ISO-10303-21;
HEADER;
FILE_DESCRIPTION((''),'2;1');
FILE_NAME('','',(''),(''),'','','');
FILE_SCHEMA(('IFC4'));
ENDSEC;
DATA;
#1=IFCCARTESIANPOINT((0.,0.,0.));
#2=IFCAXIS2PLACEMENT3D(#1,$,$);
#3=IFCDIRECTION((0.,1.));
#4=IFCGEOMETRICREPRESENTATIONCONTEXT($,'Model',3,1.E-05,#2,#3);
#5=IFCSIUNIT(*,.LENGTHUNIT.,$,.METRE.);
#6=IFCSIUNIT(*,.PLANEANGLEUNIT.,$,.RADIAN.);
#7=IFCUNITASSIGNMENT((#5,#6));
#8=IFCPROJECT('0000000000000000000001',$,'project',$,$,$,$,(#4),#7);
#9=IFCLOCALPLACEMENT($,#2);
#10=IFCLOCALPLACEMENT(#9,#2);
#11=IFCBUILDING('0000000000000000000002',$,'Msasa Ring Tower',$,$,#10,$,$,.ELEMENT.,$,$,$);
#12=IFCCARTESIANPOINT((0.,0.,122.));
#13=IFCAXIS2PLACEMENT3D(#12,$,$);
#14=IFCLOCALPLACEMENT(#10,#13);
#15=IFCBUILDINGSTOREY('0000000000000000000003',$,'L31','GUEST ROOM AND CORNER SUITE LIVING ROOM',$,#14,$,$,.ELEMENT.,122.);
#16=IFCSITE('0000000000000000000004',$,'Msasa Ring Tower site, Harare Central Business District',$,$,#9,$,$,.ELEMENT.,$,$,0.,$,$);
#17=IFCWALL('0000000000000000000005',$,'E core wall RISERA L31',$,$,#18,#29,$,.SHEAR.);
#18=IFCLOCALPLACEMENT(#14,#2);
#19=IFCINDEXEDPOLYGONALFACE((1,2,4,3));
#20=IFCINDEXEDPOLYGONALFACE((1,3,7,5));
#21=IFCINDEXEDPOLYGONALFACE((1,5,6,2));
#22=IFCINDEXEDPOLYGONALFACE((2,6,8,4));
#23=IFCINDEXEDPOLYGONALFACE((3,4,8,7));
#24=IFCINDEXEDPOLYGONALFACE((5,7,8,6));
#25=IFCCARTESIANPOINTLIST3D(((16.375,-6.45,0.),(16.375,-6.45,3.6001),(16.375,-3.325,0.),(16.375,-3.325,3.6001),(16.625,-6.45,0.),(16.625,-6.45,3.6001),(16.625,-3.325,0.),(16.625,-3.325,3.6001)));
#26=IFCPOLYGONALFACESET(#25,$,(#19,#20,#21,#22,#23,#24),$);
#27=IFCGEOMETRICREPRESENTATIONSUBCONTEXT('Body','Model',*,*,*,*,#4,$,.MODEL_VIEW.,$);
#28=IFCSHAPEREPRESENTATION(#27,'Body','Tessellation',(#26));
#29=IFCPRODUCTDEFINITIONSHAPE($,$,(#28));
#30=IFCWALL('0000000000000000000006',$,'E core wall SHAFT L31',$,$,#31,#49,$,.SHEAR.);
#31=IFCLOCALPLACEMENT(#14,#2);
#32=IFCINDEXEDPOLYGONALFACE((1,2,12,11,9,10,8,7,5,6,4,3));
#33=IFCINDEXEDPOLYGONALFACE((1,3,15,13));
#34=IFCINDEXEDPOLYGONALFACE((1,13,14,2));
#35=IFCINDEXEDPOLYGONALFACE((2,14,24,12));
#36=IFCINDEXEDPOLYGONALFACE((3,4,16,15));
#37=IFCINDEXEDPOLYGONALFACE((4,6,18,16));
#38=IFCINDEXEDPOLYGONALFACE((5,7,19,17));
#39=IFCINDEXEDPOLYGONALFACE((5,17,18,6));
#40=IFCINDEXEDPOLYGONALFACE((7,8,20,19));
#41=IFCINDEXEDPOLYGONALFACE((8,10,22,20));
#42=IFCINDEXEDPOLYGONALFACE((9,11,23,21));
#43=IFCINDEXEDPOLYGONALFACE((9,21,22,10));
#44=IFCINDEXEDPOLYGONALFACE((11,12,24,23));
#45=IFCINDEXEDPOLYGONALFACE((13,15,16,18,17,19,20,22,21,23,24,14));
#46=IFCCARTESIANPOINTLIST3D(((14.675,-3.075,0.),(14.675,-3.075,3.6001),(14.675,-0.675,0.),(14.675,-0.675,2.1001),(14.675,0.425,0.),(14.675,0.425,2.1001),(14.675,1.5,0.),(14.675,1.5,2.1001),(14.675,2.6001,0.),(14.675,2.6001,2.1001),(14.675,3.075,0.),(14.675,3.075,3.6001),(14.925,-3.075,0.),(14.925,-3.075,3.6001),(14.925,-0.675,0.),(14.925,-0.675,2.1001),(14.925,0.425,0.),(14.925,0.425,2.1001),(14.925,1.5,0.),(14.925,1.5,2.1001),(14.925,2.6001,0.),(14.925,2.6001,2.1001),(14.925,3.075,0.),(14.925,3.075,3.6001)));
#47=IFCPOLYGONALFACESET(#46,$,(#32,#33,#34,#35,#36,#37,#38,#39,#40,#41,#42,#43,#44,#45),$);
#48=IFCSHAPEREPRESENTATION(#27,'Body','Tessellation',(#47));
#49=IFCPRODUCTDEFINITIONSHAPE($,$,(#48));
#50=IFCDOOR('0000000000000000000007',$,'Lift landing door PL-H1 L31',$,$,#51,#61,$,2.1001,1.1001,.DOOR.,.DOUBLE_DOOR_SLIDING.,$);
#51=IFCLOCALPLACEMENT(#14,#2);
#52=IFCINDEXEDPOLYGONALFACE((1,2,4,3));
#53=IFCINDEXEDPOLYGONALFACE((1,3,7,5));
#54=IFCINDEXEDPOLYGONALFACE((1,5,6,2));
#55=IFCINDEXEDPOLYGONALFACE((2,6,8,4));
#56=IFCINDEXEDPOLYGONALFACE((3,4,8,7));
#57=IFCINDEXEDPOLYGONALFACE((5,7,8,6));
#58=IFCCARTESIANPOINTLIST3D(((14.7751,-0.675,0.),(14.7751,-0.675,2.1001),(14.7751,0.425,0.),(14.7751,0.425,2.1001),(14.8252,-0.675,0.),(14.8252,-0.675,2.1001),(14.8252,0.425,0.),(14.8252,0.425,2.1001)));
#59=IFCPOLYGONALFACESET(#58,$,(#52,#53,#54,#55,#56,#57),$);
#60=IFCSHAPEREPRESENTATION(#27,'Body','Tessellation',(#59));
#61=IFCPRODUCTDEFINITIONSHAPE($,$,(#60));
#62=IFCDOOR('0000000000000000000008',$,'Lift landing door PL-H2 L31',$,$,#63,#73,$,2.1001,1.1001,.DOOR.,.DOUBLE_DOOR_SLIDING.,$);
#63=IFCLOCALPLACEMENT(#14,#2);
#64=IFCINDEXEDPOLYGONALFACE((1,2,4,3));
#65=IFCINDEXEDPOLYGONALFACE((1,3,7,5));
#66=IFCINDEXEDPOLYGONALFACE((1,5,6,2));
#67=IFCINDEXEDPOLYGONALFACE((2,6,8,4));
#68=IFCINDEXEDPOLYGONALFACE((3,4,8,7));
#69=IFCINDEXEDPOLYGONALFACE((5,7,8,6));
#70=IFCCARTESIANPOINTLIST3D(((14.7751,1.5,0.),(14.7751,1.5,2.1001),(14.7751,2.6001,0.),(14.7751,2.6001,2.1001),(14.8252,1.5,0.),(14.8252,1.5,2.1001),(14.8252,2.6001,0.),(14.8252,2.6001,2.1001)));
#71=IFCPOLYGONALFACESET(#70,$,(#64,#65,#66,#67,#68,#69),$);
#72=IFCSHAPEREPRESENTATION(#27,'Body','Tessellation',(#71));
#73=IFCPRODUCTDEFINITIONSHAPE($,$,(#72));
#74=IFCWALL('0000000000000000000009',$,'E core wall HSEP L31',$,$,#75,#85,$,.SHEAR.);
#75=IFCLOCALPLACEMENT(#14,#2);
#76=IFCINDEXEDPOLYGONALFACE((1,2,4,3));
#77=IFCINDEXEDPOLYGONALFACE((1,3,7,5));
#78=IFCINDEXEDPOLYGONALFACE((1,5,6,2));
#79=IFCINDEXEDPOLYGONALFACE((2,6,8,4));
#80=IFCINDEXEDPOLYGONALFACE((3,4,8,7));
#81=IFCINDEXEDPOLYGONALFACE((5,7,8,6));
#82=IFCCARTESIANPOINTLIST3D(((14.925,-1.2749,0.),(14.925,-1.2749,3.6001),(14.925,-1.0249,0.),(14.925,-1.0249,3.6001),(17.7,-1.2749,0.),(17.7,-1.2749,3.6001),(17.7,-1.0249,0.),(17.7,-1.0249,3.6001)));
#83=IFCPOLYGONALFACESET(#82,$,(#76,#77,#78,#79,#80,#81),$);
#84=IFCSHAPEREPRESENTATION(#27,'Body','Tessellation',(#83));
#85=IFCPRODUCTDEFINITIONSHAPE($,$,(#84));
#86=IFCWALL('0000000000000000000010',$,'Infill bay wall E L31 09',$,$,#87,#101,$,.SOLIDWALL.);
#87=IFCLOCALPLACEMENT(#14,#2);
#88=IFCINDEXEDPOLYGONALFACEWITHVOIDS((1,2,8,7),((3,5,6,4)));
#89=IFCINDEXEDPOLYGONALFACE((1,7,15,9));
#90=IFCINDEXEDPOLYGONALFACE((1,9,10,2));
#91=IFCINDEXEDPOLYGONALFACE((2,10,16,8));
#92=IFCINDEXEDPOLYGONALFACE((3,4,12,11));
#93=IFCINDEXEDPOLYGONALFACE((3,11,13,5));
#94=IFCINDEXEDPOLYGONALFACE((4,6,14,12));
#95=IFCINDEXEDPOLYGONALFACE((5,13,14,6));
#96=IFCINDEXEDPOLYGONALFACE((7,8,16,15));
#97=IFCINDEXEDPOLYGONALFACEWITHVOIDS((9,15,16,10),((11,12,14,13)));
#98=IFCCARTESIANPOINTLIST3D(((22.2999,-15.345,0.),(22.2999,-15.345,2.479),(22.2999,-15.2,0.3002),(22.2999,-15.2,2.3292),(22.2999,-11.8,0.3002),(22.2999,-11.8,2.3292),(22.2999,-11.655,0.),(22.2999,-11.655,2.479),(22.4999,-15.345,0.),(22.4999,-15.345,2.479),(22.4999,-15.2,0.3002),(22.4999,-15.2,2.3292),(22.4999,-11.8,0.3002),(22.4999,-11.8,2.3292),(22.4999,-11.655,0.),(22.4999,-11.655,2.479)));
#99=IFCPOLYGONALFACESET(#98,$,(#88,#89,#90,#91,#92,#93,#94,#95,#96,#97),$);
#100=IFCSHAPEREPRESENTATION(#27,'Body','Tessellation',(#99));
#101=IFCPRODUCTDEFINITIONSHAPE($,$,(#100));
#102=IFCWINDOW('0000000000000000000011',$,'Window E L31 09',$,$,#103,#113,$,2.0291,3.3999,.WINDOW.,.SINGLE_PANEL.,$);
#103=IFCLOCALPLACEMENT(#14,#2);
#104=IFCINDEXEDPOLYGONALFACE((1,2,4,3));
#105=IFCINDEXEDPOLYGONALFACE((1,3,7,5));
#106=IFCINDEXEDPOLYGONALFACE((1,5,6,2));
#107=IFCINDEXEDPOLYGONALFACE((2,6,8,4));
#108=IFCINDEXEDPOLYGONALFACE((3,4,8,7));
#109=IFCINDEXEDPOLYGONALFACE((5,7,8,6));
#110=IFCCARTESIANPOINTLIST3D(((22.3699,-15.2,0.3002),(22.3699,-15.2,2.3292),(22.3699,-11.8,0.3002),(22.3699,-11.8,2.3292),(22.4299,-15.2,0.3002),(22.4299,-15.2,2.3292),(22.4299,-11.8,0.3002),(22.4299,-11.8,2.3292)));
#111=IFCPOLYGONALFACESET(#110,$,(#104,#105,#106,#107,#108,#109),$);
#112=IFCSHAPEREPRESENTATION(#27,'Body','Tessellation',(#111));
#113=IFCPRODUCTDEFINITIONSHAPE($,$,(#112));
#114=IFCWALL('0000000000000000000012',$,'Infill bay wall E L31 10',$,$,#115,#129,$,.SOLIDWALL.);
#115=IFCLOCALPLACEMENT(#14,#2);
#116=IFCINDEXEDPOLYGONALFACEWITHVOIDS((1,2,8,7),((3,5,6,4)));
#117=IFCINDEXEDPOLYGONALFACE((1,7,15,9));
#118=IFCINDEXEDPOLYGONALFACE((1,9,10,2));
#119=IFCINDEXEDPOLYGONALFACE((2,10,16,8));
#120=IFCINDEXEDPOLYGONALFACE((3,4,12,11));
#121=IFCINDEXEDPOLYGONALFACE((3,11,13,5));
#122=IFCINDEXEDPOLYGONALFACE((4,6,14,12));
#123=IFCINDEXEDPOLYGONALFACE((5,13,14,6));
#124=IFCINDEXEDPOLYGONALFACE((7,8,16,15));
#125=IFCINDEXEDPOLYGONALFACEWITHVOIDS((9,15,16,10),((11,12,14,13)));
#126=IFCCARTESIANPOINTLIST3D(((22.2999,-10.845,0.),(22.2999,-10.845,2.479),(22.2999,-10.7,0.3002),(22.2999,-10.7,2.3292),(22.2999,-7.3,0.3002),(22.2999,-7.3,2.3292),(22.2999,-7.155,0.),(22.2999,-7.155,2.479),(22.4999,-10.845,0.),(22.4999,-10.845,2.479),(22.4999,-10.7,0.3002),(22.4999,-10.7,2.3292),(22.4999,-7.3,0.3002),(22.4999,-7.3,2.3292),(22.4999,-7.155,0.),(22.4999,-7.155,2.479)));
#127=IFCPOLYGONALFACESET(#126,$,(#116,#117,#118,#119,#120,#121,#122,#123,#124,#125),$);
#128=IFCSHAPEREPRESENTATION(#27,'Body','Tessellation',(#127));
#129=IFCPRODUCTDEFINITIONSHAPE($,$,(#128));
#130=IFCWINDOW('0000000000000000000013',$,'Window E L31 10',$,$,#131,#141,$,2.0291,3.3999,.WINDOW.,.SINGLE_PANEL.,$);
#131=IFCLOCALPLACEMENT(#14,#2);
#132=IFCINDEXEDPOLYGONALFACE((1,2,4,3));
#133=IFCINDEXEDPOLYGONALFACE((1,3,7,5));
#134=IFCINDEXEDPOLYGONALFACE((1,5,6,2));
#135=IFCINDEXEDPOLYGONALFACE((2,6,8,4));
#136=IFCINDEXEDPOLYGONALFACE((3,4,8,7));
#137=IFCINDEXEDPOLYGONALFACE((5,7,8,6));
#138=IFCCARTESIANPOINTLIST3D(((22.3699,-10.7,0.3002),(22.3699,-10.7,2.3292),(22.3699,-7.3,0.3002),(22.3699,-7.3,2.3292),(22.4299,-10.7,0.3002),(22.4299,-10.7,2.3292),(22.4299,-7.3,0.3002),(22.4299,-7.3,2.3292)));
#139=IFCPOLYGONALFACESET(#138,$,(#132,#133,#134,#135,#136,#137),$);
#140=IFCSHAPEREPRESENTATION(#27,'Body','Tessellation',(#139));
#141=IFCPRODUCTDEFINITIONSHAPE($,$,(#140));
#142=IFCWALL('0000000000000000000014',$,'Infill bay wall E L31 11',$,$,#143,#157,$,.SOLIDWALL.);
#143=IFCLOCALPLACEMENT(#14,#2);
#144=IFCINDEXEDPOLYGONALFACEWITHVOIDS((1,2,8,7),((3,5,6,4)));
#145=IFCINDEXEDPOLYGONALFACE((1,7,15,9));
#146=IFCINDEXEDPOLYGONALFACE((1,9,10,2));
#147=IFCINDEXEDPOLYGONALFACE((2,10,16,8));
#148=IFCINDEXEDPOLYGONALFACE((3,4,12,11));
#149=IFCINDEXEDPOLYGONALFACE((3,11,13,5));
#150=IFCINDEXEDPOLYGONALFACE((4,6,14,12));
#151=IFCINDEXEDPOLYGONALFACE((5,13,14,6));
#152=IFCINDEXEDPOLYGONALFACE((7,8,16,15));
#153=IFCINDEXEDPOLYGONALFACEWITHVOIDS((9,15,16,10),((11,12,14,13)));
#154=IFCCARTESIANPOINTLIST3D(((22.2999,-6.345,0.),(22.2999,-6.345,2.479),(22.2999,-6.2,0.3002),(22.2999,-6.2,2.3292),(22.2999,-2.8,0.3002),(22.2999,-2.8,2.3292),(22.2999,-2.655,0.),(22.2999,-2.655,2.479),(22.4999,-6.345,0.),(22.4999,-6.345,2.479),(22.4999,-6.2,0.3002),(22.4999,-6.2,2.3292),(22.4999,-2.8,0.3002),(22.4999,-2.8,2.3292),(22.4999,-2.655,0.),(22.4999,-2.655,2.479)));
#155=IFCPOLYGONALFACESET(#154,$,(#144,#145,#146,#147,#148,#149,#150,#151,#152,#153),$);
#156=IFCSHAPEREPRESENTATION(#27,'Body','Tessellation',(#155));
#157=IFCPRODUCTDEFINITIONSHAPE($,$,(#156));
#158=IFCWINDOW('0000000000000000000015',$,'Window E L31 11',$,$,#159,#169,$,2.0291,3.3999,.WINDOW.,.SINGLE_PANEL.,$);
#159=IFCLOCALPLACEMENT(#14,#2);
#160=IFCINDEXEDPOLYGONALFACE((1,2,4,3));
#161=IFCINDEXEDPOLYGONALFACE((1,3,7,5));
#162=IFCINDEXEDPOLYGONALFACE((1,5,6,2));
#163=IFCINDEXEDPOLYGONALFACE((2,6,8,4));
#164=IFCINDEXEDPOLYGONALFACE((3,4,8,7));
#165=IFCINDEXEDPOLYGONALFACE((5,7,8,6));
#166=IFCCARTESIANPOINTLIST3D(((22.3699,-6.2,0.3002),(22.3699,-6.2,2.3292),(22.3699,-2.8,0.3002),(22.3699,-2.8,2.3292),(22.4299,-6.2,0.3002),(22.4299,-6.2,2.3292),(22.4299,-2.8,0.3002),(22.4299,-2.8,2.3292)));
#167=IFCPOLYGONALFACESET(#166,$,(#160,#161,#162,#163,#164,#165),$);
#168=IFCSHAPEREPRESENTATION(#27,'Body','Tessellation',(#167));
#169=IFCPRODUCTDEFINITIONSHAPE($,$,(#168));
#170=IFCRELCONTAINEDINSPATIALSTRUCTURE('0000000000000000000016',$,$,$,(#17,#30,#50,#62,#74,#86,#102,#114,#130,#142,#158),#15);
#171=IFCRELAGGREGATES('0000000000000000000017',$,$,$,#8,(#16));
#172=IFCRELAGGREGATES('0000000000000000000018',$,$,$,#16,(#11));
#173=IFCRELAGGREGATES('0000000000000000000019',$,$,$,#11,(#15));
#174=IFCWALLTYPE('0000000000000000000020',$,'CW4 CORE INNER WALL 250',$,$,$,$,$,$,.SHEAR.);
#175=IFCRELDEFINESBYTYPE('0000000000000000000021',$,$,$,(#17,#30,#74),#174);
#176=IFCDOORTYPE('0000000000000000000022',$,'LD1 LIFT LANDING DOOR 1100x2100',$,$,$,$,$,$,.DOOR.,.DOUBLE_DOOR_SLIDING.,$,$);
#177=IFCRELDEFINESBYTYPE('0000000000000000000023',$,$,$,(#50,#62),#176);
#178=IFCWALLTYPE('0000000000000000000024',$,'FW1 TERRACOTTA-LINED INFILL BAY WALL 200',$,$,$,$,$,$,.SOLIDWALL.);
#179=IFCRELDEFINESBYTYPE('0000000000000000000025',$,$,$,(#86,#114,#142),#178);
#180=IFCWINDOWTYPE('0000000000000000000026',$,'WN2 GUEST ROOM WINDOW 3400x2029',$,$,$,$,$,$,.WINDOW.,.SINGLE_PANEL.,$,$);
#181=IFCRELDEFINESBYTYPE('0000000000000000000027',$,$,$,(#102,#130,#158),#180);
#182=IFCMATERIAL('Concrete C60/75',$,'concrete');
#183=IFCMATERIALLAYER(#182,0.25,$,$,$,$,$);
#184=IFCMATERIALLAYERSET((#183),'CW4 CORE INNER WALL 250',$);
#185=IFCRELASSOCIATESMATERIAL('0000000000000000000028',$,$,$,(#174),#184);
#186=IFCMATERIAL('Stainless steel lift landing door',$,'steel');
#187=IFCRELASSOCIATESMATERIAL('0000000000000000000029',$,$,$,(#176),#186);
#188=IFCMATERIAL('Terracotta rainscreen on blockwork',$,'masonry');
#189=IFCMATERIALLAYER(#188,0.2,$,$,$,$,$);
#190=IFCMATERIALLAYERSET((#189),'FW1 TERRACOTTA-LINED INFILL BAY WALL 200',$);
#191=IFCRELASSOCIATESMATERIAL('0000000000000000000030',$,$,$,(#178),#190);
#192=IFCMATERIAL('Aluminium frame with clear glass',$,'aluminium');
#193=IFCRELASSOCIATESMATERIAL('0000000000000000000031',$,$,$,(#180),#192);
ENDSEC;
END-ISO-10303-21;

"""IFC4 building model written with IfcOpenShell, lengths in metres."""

from ifc_helpers import new_model, si_unit, direction, frame, frame_2d, origin, place, context, subcontext, project, spatial, rectangle, extrude, material, layer, layer_set, type_object, element, fill, save


model = new_model("IFC4")

# Units and contexts
model_context = context("Model", 3, precision=1e-05, world=origin(), true_north=direction((0.0, 1.0)))
body_context = subcontext(model_context, "Body", "Model", "MODEL_VIEW")
ifc_project = project(units=[si_unit("LENGTHUNIT", "METRE"), si_unit("PLANEANGLEUNIT", "RADIAN")], contexts=[model_context])

# Site, building, storey
site_placement = place(None, origin())
site = spatial("IfcSite", under=ifc_project, at=site_placement, Name="Msasa Ring Tower site, Harare Central Business District", CompositionType="ELEMENT", RefElevation=0.0)
building_placement = place(site_placement, origin())
building = spatial("IfcBuilding", under=site, at=building_placement, Name="Msasa Ring Tower", CompositionType="ELEMENT")
storey_placement = place(building_placement, frame((0.0, 0.0, 122.0)))
storey = spatial("IfcBuildingStorey", under=building, at=storey_placement, Name="L31", Description="GUEST ROOM AND CORNER SUITE LIVING ROOM", CompositionType="ELEMENT", Elevation=122.0)

# Wall
ifc_material_1 = material(Name="Concrete C60/75", Category="concrete")
ifc_layer_1 = layer(ifc_material_1, 0.25)
ifc_layer_set_1 = layer_set([ifc_layer_1], Name="CW4 CORE INNER WALL 250")
wall_type_1 = type_object("IfcWallType", Name="CW4 CORE INNER WALL 250", PredefinedType="SHEAR", material=ifc_layer_set_1)
wall_1_placement = place(storey_placement, frame((16.5, -6.45, 0.0), z_axis=(0.0, 0.0, 1.0), x_axis=(0.0, 1.0, 0.0)))
element("IfcWall", 1, at=wall_1_placement, inside=storey, type_object=wall_type_1, Name="E core wall RISERA L31", PredefinedType="SHEAR", context=body_context, shape_type="SweptSolid", body=[
    extrude(rectangle(XDim=3.125, YDim=0.25, at=frame_2d((1.5625, 0.0))), origin(), (0.0, 0.0, 1.0), 3.6001),
])

# Wall, openings, doors
wall_2_placement = place(storey_placement, frame((14.8, -3.075, 0.0), z_axis=(0.0, 0.0, 1.0), x_axis=(0.0, 1.0, 0.0)))
wall_2 = element("IfcWall", 2, at=wall_2_placement, inside=storey, type_object=wall_type_1, Name="E core wall SHAFT L31", PredefinedType="SHEAR", context=body_context, shape_type="SweptSolid", body=[
    extrude(rectangle(XDim=6.1499, YDim=0.25, at=frame_2d((3.075, 0.0))), origin(), (0.0, 0.0, 1.0), 3.6001),
])
opening_1_placement = place(wall_2_placement, frame((2.3999, 0.0, 0.0)))
opening_1 = element("IfcOpeningElement", 3, at=opening_1_placement, cuts=wall_2, PredefinedType="OPENING", context=body_context, shape_type="SweptSolid", body=[
    extrude(rectangle(XDim=1.1001, YDim=2.1001, at=frame_2d((0.55, 1.05))), frame((0.0, 0.135, 0.0), z_axis=(0.0, -1.0, 0.0), x_axis=(1.0, 0.0, 0.0)), (0.0, 0.0, 1.0), 0.27),
])
opening_2_placement = place(wall_2_placement, frame((4.575, 0.0, 0.0)))
opening_2 = element("IfcOpeningElement", 4, at=opening_2_placement, cuts=wall_2, PredefinedType="OPENING", context=body_context, shape_type="SweptSolid", body=[
    extrude(rectangle(XDim=1.1001, YDim=2.1001, at=frame_2d((0.55, 1.05))), frame((0.0, 0.135, 0.0), z_axis=(0.0, -1.0, 0.0), x_axis=(1.0, 0.0, 0.0)), (0.0, 0.0, 1.0), 0.27),
])
ifc_material_2 = material(Name="Stainless steel lift landing door", Category="steel")
door_type_1 = type_object("IfcDoorType", Name="LD1 LIFT LANDING DOOR 1100x2100", OperationType="DOUBLE_DOOR_SLIDING", PredefinedType="DOOR", material=ifc_material_2)
door_1_placement = place(opening_1_placement, origin())
door_1 = element("IfcDoor", 5, at=door_1_placement, inside=storey, type_object=door_type_1, Name="Lift landing door PL-H1 L31", OperationType="DOUBLE_DOOR_SLIDING", OverallHeight=2.1001, OverallWidth=1.1001, PredefinedType="DOOR", context=body_context, shape_type="SweptSolid", body=[
    extrude(rectangle(XDim=1.1001, YDim=2.1001, at=frame_2d((0.55, 1.05))), frame((0.0, 0.0249, 0.0), z_axis=(0.0, -1.0, 0.0), x_axis=(1.0, 0.0, 0.0)), (0.0, 0.0, 1.0), 0.05),
])
fill(opening_1, door_1)
door_2_placement = place(opening_2_placement, origin())
door_2 = element("IfcDoor", 6, at=door_2_placement, inside=storey, type_object=door_type_1, Name="Lift landing door PL-H2 L31", OperationType="DOUBLE_DOOR_SLIDING", OverallHeight=2.1001, OverallWidth=1.1001, PredefinedType="DOOR", context=body_context, shape_type="SweptSolid", body=[
    extrude(rectangle(XDim=1.1001, YDim=2.1001, at=frame_2d((0.55, 1.05))), frame((0.0, 0.0249, 0.0), z_axis=(0.0, -1.0, 0.0), x_axis=(1.0, 0.0, 0.0)), (0.0, 0.0, 1.0), 0.05),
])
fill(opening_2, door_2)

# Wall
wall_3_placement = place(storey_placement, frame((14.925, -1.1499, 0.0), z_axis=(0.0, 0.0, 1.0), x_axis=(1.0, 0.0, 0.0)))
element("IfcWall", 7, at=wall_3_placement, inside=storey, type_object=wall_type_1, Name="E core wall HSEP L31", PredefinedType="SHEAR", context=body_context, shape_type="SweptSolid", body=[
    extrude(rectangle(XDim=2.7749, YDim=0.25, at=frame_2d((1.3875, 0.0))), origin(), (0.0, 0.0, 1.0), 3.6001),
])

# Walls, openings, windows
ifc_material_3 = material(Name="Terracotta rainscreen on blockwork", Category="masonry")
ifc_layer_2 = layer(ifc_material_3, 0.2)
ifc_layer_set_2 = layer_set([ifc_layer_2], Name="FW1 TERRACOTTA-LINED INFILL BAY WALL 200")
wall_type_2 = type_object("IfcWallType", Name="FW1 TERRACOTTA-LINED INFILL BAY WALL 200", PredefinedType="SOLIDWALL", material=ifc_layer_set_2)
wall_4_placement = place(storey_placement, frame((22.3999, -15.345, 0.0), z_axis=(0.0, 0.0, 1.0), x_axis=(0.0, 1.0, 0.0)))
wall_4 = element("IfcWall", 8, at=wall_4_placement, inside=storey, type_object=wall_type_2, Name="Infill bay wall E L31 09", PredefinedType="SOLIDWALL", context=body_context, shape_type="SweptSolid", body=[
    extrude(rectangle(XDim=3.6899, YDim=0.2, at=frame_2d((1.845, 0.0))), origin(), (0.0, 0.0, 1.0), 2.479),
])
opening_3_placement = place(wall_4_placement, frame((0.145, 0.0, 0.3)))
opening_3 = element("IfcOpeningElement", 9, at=opening_3_placement, cuts=wall_4, PredefinedType="OPENING", context=body_context, shape_type="SweptSolid", body=[
    extrude(rectangle(XDim=3.3999, YDim=2.0291, at=frame_2d((1.7, 1.0146))), frame((0.0, 0.1099, 0.0), z_axis=(0.0, -1.0, 0.0), x_axis=(1.0, 0.0, 0.0)), (0.0, 0.0, 1.0), 0.22),
])
ifc_material_4 = material(Name="Aluminium frame with clear glass", Category="aluminium")
window_type = type_object("IfcWindowType", Name="WN2 GUEST ROOM WINDOW 3400x2029", PartitioningType="SINGLE_PANEL", PredefinedType="WINDOW", material=ifc_material_4)
window_1_placement = place(opening_3_placement, origin())
window_1 = element("IfcWindow", 10, at=window_1_placement, inside=storey, type_object=window_type, Name="Window E L31 09", OverallHeight=2.0291, OverallWidth=3.3999, PartitioningType="SINGLE_PANEL", PredefinedType="WINDOW", context=body_context, shape_type="SweptSolid", body=[
    extrude(rectangle(XDim=3.3999, YDim=2.0291, at=frame_2d((1.7, 1.0146))), frame((0.0, 0.03, 0.0), z_axis=(0.0, -1.0, 0.0), x_axis=(1.0, 0.0, 0.0)), (0.0, 0.0, 1.0), 0.0601),
])
fill(opening_3, window_1)
wall_5_placement = place(storey_placement, frame((22.3999, -10.845, 0.0), z_axis=(0.0, 0.0, 1.0), x_axis=(0.0, 1.0, 0.0)))
wall_5 = element("IfcWall", 11, at=wall_5_placement, inside=storey, type_object=wall_type_2, Name="Infill bay wall E L31 10", PredefinedType="SOLIDWALL", context=body_context, shape_type="SweptSolid", body=[
    extrude(rectangle(XDim=3.6899, YDim=0.2, at=frame_2d((1.845, 0.0))), origin(), (0.0, 0.0, 1.0), 2.479),
])
opening_4_placement = place(wall_5_placement, frame((0.145, 0.0, 0.3)))
opening_4 = element("IfcOpeningElement", 12, at=opening_4_placement, cuts=wall_5, PredefinedType="OPENING", context=body_context, shape_type="SweptSolid", body=[
    extrude(rectangle(XDim=3.3999, YDim=2.0291, at=frame_2d((1.7, 1.0146))), frame((0.0, 0.1099, 0.0), z_axis=(0.0, -1.0, 0.0), x_axis=(1.0, 0.0, 0.0)), (0.0, 0.0, 1.0), 0.22),
])
window_2_placement = place(opening_4_placement, origin())
window_2 = element("IfcWindow", 13, at=window_2_placement, inside=storey, type_object=window_type, Name="Window E L31 10", OverallHeight=2.0291, OverallWidth=3.3999, PartitioningType="SINGLE_PANEL", PredefinedType="WINDOW", context=body_context, shape_type="SweptSolid", body=[
    extrude(rectangle(XDim=3.3999, YDim=2.0291, at=frame_2d((1.7, 1.0146))), frame((0.0, 0.03, 0.0), z_axis=(0.0, -1.0, 0.0), x_axis=(1.0, 0.0, 0.0)), (0.0, 0.0, 1.0), 0.0601),
])
fill(opening_4, window_2)
wall_6_placement = place(storey_placement, frame((22.3999, -6.345, 0.0), z_axis=(0.0, 0.0, 1.0), x_axis=(0.0, 1.0, 0.0)))
wall_6 = element("IfcWall", 14, at=wall_6_placement, inside=storey, type_object=wall_type_2, Name="Infill bay wall E L31 11", PredefinedType="SOLIDWALL", context=body_context, shape_type="SweptSolid", body=[
    extrude(rectangle(XDim=3.6899, YDim=0.2, at=frame_2d((1.845, 0.0))), origin(), (0.0, 0.0, 1.0), 2.479),
])
opening_5_placement = place(wall_6_placement, frame((0.145, 0.0, 0.3)))
opening_5 = element("IfcOpeningElement", 15, at=opening_5_placement, cuts=wall_6, PredefinedType="OPENING", context=body_context, shape_type="SweptSolid", body=[
    extrude(rectangle(XDim=3.3999, YDim=2.0291, at=frame_2d((1.7, 1.0146))), frame((0.0, 0.1099, 0.0), z_axis=(0.0, -1.0, 0.0), x_axis=(1.0, 0.0, 0.0)), (0.0, 0.0, 1.0), 0.22),
])
window_3_placement = place(opening_5_placement, origin())
window_3 = element("IfcWindow", 16, at=window_3_placement, inside=storey, type_object=window_type, Name="Window E L31 11", OverallHeight=2.0291, OverallWidth=3.3999, PartitioningType="SINGLE_PANEL", PredefinedType="WINDOW", context=body_context, shape_type="SweptSolid", body=[
    extrude(rectangle(XDim=3.3999, YDim=2.0291, at=frame_2d((1.7, 1.0146))), frame((0.0, 0.03, 0.0), z_axis=(0.0, -1.0, 0.0), x_axis=(1.0, 0.0, 0.0)), (0.0, 0.0, 1.0), 0.0601),
])
fill(opening_5, window_3)

save(model, "model.ifc")
